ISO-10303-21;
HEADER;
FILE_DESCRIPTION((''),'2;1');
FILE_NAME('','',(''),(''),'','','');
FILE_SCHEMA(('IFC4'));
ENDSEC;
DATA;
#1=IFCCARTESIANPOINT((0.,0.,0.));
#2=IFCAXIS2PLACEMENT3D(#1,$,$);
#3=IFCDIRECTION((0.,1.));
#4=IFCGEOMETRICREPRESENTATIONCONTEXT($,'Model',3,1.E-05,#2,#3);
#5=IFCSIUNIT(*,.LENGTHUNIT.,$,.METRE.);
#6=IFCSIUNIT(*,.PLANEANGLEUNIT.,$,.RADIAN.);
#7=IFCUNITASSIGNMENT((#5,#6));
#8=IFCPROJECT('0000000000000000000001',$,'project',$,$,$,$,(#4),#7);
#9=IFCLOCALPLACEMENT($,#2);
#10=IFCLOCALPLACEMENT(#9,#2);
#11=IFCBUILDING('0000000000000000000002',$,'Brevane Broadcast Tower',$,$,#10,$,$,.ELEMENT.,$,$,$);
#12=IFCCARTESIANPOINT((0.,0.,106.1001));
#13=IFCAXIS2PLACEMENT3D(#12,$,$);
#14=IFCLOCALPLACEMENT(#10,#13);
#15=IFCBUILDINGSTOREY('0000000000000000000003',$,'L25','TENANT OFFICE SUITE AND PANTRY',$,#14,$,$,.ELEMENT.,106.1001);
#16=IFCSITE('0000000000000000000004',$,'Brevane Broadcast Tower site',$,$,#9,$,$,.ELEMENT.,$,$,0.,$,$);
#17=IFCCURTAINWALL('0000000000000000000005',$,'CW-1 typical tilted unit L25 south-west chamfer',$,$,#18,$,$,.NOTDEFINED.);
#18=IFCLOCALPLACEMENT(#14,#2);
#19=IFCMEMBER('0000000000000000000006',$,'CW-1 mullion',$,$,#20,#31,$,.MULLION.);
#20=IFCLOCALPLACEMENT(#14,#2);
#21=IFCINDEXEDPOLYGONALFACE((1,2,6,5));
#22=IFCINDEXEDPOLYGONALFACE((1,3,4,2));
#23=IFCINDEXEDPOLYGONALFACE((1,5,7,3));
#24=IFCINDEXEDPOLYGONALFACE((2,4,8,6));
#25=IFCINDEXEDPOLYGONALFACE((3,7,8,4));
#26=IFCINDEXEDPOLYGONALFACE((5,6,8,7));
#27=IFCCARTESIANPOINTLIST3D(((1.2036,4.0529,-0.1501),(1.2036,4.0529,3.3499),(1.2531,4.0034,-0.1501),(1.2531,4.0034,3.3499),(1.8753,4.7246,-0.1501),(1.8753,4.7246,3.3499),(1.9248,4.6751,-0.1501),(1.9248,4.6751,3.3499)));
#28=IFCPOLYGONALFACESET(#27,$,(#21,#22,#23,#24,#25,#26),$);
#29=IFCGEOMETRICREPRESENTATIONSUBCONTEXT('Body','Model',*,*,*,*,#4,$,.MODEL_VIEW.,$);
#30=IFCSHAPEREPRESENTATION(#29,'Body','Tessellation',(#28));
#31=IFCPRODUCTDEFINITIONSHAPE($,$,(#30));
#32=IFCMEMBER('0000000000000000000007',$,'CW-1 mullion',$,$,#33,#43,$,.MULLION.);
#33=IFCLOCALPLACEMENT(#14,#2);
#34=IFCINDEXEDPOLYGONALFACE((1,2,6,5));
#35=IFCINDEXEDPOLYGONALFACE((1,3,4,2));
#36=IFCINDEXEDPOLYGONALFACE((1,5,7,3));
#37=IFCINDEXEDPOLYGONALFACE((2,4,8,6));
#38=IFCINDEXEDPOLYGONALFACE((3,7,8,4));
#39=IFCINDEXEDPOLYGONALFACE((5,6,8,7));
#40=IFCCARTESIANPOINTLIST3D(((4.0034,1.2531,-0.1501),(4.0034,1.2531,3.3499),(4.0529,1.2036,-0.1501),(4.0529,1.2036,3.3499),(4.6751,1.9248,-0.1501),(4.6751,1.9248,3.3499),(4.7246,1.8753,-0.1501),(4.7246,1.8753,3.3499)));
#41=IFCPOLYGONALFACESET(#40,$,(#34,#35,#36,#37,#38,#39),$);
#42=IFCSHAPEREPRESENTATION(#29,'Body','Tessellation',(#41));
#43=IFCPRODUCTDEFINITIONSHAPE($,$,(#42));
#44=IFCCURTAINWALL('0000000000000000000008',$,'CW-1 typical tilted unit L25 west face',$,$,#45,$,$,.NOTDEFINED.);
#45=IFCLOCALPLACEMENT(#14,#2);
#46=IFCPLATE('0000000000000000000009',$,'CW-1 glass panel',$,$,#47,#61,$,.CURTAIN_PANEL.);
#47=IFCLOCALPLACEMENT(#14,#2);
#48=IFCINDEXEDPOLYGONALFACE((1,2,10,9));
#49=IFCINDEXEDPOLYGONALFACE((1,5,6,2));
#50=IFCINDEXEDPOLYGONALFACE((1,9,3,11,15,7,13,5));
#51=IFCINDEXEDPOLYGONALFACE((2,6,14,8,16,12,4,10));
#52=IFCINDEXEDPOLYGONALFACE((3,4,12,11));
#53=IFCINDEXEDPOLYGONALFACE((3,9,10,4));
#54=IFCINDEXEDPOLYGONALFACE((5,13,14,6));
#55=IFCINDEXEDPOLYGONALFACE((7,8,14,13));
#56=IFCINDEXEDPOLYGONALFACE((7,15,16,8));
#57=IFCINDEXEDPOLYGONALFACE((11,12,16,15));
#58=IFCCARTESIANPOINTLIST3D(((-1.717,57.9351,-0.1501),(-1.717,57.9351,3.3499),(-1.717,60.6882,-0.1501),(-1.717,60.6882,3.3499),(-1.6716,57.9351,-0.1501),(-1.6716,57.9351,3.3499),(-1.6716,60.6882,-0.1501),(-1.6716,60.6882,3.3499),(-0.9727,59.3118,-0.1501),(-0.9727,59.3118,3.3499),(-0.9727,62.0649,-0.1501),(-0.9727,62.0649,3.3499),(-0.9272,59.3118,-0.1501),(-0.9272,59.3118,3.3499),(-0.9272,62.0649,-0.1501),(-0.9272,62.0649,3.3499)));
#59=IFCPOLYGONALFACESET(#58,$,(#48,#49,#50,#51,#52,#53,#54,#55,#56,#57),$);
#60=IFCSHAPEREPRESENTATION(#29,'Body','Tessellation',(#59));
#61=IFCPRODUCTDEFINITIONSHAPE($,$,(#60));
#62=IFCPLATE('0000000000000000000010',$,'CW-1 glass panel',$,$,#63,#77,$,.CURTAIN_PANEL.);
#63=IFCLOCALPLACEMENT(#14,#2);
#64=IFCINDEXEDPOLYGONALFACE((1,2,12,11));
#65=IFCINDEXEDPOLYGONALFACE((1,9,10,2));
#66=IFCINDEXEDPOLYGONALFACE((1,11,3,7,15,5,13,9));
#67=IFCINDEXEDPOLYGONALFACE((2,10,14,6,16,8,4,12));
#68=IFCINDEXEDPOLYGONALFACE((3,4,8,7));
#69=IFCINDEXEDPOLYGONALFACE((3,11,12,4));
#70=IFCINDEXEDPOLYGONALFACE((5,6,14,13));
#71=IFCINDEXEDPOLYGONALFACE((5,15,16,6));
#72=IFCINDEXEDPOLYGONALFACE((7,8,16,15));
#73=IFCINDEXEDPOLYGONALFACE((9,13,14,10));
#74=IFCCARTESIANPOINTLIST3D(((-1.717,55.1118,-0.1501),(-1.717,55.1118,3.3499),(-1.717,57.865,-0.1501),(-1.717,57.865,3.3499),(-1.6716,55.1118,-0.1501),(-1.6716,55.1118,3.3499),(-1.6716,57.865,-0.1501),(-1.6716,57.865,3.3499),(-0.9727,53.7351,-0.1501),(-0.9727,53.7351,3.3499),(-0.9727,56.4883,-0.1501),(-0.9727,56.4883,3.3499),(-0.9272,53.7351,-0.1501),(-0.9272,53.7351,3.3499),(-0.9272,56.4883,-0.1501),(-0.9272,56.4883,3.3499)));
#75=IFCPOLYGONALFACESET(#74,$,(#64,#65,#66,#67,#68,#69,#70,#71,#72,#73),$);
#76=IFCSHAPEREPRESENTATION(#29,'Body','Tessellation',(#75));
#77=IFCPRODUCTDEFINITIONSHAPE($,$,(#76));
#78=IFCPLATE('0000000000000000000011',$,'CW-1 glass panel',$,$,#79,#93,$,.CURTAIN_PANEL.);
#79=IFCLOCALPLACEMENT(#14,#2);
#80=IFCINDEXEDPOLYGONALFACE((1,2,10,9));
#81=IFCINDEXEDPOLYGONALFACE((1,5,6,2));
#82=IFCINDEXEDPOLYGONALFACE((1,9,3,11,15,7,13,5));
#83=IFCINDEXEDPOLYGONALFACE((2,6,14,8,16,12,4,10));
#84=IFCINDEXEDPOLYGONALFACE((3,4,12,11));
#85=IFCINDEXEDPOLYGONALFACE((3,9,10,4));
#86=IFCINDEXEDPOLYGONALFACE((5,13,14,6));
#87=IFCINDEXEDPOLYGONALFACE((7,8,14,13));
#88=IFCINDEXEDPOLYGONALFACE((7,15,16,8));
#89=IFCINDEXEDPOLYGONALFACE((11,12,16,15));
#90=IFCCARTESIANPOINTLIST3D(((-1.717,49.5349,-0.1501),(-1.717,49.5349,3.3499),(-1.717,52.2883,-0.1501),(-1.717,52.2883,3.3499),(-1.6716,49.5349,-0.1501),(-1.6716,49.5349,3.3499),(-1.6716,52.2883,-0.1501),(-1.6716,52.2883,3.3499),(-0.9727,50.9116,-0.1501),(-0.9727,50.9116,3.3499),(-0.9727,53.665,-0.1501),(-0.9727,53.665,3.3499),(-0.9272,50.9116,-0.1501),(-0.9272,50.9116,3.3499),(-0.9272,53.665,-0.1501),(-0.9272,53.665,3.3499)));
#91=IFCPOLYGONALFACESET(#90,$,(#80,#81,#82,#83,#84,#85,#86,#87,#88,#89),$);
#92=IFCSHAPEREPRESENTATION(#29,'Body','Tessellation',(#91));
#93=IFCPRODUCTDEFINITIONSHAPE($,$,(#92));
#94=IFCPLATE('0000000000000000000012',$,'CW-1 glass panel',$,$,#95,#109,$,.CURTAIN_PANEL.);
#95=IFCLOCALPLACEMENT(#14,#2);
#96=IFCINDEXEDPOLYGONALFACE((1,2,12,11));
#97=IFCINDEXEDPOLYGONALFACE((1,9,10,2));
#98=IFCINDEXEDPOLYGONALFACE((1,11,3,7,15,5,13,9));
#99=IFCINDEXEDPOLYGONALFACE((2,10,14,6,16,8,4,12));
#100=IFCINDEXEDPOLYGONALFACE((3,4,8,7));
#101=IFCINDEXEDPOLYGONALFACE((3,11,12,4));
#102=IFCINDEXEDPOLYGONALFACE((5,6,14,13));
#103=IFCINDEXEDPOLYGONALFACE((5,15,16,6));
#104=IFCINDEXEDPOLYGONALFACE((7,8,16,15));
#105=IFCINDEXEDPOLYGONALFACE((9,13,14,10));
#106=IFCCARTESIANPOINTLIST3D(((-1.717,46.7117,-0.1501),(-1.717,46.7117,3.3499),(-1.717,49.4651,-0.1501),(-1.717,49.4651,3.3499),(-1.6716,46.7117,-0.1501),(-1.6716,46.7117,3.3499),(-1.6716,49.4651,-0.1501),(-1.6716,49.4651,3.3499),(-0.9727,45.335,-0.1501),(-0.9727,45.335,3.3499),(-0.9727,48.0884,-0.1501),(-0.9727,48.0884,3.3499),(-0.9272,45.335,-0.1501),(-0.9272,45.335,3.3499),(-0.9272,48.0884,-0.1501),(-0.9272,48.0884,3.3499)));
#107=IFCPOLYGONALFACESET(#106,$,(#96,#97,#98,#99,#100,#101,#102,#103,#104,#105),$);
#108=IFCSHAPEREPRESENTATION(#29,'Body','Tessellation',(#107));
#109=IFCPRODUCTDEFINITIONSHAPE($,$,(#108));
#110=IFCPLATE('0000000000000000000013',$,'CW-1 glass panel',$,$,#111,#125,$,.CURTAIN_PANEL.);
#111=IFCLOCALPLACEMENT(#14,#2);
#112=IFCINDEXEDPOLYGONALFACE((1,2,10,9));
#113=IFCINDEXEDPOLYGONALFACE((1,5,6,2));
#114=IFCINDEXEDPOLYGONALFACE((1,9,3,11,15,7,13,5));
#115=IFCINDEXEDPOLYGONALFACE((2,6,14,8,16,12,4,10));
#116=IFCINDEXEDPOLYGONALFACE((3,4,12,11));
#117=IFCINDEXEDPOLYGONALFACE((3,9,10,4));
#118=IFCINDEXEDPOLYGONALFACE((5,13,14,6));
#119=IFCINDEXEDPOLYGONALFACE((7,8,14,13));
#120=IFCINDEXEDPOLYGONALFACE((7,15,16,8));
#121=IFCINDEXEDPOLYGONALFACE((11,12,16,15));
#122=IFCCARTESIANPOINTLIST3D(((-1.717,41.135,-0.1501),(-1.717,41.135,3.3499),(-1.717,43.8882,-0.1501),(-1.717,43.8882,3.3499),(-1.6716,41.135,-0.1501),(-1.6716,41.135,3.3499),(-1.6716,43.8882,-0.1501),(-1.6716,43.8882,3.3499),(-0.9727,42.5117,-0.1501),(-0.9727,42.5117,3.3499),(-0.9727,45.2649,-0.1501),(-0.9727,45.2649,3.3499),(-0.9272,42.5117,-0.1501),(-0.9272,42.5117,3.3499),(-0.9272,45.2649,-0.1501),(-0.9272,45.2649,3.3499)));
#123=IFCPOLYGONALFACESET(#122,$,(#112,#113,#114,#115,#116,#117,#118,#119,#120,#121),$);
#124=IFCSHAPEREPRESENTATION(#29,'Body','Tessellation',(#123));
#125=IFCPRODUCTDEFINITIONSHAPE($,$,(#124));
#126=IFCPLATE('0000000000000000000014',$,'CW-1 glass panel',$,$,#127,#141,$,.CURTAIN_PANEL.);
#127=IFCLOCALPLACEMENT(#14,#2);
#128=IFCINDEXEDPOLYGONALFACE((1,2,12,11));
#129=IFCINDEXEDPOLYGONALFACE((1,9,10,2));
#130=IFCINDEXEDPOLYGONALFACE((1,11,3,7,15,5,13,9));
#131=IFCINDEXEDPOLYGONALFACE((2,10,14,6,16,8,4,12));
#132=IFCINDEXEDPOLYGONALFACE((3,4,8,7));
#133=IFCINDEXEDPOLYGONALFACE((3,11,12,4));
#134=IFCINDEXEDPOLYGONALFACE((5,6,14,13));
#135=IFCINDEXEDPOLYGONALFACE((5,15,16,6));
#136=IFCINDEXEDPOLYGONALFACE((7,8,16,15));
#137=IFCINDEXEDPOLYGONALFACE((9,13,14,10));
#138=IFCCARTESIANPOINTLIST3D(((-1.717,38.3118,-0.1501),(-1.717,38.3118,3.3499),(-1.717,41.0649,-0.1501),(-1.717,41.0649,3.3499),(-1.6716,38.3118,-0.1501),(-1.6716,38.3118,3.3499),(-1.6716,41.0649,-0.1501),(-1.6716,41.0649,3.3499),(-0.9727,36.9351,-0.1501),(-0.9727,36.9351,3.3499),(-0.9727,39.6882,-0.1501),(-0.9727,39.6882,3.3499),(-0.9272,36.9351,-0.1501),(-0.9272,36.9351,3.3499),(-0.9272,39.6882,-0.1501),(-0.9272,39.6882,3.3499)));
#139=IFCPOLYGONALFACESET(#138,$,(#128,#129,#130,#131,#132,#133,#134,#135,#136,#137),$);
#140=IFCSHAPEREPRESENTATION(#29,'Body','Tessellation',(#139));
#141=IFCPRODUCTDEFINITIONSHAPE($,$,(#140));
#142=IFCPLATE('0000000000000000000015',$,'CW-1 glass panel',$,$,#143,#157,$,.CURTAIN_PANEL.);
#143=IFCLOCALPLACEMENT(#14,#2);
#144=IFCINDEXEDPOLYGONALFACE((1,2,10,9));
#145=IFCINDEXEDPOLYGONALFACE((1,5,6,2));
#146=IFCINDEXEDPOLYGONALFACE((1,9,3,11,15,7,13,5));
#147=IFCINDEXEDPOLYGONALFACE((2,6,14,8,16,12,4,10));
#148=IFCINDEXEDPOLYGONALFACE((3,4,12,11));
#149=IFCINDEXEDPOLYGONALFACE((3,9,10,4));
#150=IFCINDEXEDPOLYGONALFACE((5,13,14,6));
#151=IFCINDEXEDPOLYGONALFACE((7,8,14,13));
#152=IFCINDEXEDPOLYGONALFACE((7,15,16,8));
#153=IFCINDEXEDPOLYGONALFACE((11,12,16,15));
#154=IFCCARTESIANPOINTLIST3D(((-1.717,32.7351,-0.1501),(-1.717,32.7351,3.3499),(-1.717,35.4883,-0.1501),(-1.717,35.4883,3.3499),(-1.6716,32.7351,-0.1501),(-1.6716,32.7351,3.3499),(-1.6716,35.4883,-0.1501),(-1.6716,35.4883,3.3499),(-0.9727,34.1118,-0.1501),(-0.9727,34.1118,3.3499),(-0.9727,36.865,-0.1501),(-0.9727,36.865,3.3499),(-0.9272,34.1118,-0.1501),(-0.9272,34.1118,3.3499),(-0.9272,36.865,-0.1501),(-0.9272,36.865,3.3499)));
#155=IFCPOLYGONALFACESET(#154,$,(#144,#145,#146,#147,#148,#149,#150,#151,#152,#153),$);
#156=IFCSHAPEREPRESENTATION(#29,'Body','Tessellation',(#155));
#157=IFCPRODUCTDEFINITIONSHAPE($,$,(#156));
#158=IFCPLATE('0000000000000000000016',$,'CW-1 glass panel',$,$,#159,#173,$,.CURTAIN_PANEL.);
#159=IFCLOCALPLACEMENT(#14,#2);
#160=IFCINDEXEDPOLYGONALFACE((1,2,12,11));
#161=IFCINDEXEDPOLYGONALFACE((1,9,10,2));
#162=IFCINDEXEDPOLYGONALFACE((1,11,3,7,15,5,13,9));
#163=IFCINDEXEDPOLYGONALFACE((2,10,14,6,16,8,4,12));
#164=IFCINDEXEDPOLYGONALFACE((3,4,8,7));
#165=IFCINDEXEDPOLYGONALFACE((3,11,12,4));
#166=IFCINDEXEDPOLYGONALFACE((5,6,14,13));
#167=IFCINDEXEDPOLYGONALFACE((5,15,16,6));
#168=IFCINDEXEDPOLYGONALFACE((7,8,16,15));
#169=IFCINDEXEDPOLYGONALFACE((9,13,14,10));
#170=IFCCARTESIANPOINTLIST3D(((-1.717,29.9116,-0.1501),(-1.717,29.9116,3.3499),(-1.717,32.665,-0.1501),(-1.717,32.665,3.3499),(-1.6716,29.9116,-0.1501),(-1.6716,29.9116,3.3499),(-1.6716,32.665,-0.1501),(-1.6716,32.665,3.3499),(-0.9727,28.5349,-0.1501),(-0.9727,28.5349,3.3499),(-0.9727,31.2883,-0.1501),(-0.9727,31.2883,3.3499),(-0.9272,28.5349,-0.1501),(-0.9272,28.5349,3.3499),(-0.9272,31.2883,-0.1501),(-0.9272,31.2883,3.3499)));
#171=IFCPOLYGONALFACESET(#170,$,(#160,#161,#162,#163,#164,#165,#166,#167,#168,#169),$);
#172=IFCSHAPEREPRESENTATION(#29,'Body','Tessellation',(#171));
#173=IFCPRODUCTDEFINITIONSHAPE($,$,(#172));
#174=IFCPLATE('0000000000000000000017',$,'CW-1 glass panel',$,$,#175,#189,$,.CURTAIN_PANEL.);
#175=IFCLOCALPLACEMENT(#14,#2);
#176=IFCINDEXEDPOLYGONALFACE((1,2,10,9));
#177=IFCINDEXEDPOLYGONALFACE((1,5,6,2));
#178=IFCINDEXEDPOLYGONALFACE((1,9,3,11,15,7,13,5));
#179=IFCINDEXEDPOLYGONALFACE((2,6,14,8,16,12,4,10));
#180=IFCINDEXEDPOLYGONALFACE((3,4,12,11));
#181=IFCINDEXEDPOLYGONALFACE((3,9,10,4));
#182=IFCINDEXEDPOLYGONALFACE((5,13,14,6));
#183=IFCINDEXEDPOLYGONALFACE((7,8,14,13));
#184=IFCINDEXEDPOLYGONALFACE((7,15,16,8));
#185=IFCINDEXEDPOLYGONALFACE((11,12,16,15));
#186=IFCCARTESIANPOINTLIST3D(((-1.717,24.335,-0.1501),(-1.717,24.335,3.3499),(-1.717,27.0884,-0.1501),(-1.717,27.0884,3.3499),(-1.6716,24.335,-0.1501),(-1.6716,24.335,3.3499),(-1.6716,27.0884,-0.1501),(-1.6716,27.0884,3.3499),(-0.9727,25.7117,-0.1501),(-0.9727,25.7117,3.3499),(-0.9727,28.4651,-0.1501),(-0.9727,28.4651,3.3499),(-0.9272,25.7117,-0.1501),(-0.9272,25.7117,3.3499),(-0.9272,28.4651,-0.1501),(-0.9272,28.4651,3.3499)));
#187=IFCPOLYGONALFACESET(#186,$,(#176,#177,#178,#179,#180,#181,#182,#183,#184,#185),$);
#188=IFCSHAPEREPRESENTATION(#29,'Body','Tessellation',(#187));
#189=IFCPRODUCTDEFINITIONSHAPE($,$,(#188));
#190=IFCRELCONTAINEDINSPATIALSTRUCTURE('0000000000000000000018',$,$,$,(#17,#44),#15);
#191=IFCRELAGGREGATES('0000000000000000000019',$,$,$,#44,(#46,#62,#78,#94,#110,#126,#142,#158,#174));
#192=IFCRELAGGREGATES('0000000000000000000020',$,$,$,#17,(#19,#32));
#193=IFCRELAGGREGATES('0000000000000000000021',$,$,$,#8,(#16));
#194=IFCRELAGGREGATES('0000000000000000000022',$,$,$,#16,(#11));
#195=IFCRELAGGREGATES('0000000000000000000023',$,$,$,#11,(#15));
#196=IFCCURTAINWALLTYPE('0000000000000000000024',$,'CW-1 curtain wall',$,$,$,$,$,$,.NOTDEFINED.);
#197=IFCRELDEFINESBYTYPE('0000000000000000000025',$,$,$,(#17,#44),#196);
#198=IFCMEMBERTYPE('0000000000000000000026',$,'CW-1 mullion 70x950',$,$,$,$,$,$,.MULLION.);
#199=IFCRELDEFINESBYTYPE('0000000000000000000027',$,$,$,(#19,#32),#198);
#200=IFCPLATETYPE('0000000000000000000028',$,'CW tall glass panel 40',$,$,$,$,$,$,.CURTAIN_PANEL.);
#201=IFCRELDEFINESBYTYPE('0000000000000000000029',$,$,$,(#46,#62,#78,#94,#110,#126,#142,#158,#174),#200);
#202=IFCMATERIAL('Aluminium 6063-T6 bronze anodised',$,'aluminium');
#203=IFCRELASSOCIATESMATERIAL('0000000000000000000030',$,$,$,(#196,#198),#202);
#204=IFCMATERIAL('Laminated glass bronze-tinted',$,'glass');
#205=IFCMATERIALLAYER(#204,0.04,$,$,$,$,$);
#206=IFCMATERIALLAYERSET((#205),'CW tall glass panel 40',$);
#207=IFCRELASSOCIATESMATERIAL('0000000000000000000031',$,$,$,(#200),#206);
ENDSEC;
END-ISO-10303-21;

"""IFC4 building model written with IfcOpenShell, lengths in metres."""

from ifc_helpers import new_model, si_unit, direction, frame, origin, origin_2d, place, context, subcontext, project, spatial, polyline, rectangle, outline, extrude, material, layer, layer_set, material_profile, profile_set, type_object, element, aggregate, save


model = new_model("IFC4")

# Units and contexts
model_context = context("Model", 3, precision=1e-05, world=origin(), true_north=direction((0.0, 1.0)))
body_context = subcontext(model_context, "Body", "Model", "MODEL_VIEW")
ifc_project = project(units=[si_unit("LENGTHUNIT", "METRE"), si_unit("PLANEANGLEUNIT", "RADIAN")], contexts=[model_context])

# Site, building, storey
site_placement = place(None, origin())
site = spatial("IfcSite", under=ifc_project, at=site_placement, Name="Brevane Broadcast Tower site", CompositionType="ELEMENT", RefElevation=0.0)
building_placement = place(site_placement, origin())
building = spatial("IfcBuilding", under=site, at=building_placement, Name="Brevane Broadcast Tower", CompositionType="ELEMENT")
storey_placement = place(building_placement, frame((0.0, 0.0, 106.1001)))
storey = spatial("IfcBuildingStorey", under=building, at=storey_placement, Name="L25", Description="TENANT OFFICE SUITE AND PANTRY", CompositionType="ELEMENT", Elevation=106.1001)

# Curtain wall, members
ifc_material_1 = material(Name="Aluminium 6063-T6 bronze anodised", Category="aluminium")
curtain_wall_type = type_object("IfcCurtainWallType", Name="CW-1 curtain wall", PredefinedType="NOTDEFINED", material=ifc_material_1)
curtain_wall_1_placement = place(storey_placement, origin())
curtain_wall_1 = element("IfcCurtainWall", 1, at=curtain_wall_1_placement, inside=storey, type_object=curtain_wall_type, Name="CW-1 typical tilted unit L25 south-west chamfer", PredefinedType="NOTDEFINED")
ifc_material_profile = material_profile(ifc_material_1, rectangle(XDim=0.95, YDim=0.0701, at=origin_2d()), Name="RECT 70x950")
ifc_profile_set = profile_set([ifc_material_profile], Name="Aluminium 6063-T6 bronze anodised")
member_type = type_object("IfcMemberType", Name="CW-1 mullion 70x950", PredefinedType="MULLION", material=ifc_profile_set)
member_1_placement = place(storey_placement, frame((1.5642, 4.364, -0.1501), z_axis=(0.0, 0.0, 1.0), x_axis=(0.707107, 0.707107, 0.0)))
member_1 = element("IfcMember", 2, at=member_1_placement, type_object=member_type, Name="CW-1 mullion", PredefinedType="MULLION", context=body_context, shape_type="SweptSolid", body=[
    extrude(rectangle(XDim=0.95, YDim=0.0701, at=origin_2d()), origin(), (0.0, 0.0, 1.0), 3.5),
])
member_2_placement = place(storey_placement, frame((4.364, 1.5642, -0.1501), z_axis=(0.0, 0.0, 1.0), x_axis=(0.707107, 0.707107, 0.0)))
member_2 = element("IfcMember", 3, at=member_2_placement, type_object=member_type, Name="CW-1 mullion", PredefinedType="MULLION", context=body_context, shape_type="SweptSolid", body=[
    extrude(rectangle(XDim=0.95, YDim=0.0701, at=origin_2d()), origin(), (0.0, 0.0, 1.0), 3.5),
])

# Curtain wall, plates
curtain_wall_2_placement = place(storey_placement, origin())
curtain_wall_2 = element("IfcCurtainWall", 4, at=curtain_wall_2_placement, inside=storey, type_object=curtain_wall_type, Name="CW-1 typical tilted unit L25 west face", PredefinedType="NOTDEFINED")
ifc_material_2 = material(Name="Laminated glass bronze-tinted", Category="glass")
ifc_layer_1 = layer(ifc_material_2, 0.04)
ifc_layer_set_1 = layer_set([ifc_layer_1], Name="CW tall glass panel 40")
plate_type = type_object("IfcPlateType", Name="CW tall glass panel 40", PredefinedType="CURTAIN_PANEL", material=ifc_layer_set_1)
plate_1_placement = place(storey_placement, frame((0.0, 0.0, -0.1501)))
plate_1 = element("IfcPlate", 5, at=plate_1_placement, type_object=plate_type, Name="CW-1 glass panel", PredefinedType="CURTAIN_PANEL", context=body_context, shape_type="SweptSolid", body=[
    extrude(outline(polyline([(-0.9272, 62.0649), (-0.9727, 62.0649), (-1.717, 60.6882), (-0.9727, 59.3118), (-1.717, 57.9351), (-1.6716, 57.9351), (-0.9272, 59.3118), (-1.6716, 60.6882), (-0.9272, 62.0649)])), origin(), (0.0, 0.0, 1.0), 3.5),
])
plate_2_placement = place(storey_placement, frame((0.0, 0.0, -0.1501)))
plate_2 = element("IfcPlate", 6, at=plate_2_placement, type_object=plate_type, Name="CW-1 glass panel", PredefinedType="CURTAIN_PANEL", context=body_context, shape_type="SweptSolid", body=[
    extrude(outline(polyline([(-1.6716, 57.865), (-1.717, 57.865), (-0.9727, 56.4883), (-1.717, 55.1118), (-0.9727, 53.7351), (-0.9272, 53.7351), (-1.6716, 55.1118), (-0.9272, 56.4883), (-1.6716, 57.865)])), origin(), (0.0, 0.0, 1.0), 3.5),
])
plate_3_placement = place(storey_placement, frame((0.0, 0.0, -0.1501)))
plate_3 = element("IfcPlate", 7, at=plate_3_placement, type_object=plate_type, Name="CW-1 glass panel", PredefinedType="CURTAIN_PANEL", context=body_context, shape_type="SweptSolid", body=[
    extrude(outline(polyline([(-0.9272, 53.665), (-0.9727, 53.665), (-1.717, 52.2883), (-0.9727, 50.9116), (-1.717, 49.5349), (-1.6716, 49.5349), (-0.9272, 50.9116), (-1.6716, 52.2883), (-0.9272, 53.665)])), origin(), (0.0, 0.0, 1.0), 3.5),
])
plate_4_placement = place(storey_placement, frame((0.0, 0.0, -0.1501)))
plate_4 = element("IfcPlate", 8, at=plate_4_placement, type_object=plate_type, Name="CW-1 glass panel", PredefinedType="CURTAIN_PANEL", context=body_context, shape_type="SweptSolid", body=[
    extrude(outline(polyline([(-1.6716, 49.4651), (-1.717, 49.4651), (-0.9727, 48.0884), (-1.717, 46.7117), (-0.9727, 45.335), (-0.9272, 45.335), (-1.6716, 46.7117), (-0.9272, 48.0884), (-1.6716, 49.4651)])), origin(), (0.0, 0.0, 1.0), 3.5),
])
plate_5_placement = place(storey_placement, frame((0.0, 0.0, -0.1501)))
plate_5 = element("IfcPlate", 9, at=plate_5_placement, type_object=plate_type, Name="CW-1 glass panel", PredefinedType="CURTAIN_PANEL", context=body_context, shape_type="SweptSolid", body=[
    extrude(outline(polyline([(-0.9272, 45.2649), (-0.9727, 45.2649), (-1.717, 43.8882), (-0.9727, 42.5117), (-1.717, 41.135), (-1.6716, 41.135), (-0.9272, 42.5117), (-1.6716, 43.8882), (-0.9272, 45.2649)])), origin(), (0.0, 0.0, 1.0), 3.5),
])
plate_6_placement = place(storey_placement, frame((0.0, 0.0, -0.1501)))
plate_6 = element("IfcPlate", 10, at=plate_6_placement, type_object=plate_type, Name="CW-1 glass panel", PredefinedType="CURTAIN_PANEL", context=body_context, shape_type="SweptSolid", body=[
    extrude(outline(polyline([(-1.6716, 41.0649), (-1.717, 41.0649), (-0.9727, 39.6882), (-1.717, 38.3118), (-0.9727, 36.9351), (-0.9272, 36.9351), (-1.6716, 38.3118), (-0.9272, 39.6882), (-1.6716, 41.0649)])), origin(), (0.0, 0.0, 1.0), 3.5),
])
plate_7_placement = place(storey_placement, frame((0.0, 0.0, -0.1501)))
plate_7 = element("IfcPlate", 11, at=plate_7_placement, type_object=plate_type, Name="CW-1 glass panel", PredefinedType="CURTAIN_PANEL", context=body_context, shape_type="SweptSolid", body=[
    extrude(outline(polyline([(-0.9272, 36.865), (-0.9727, 36.865), (-1.717, 35.4883), (-0.9727, 34.1118), (-1.717, 32.7351), (-1.6716, 32.7351), (-0.9272, 34.1118), (-1.6716, 35.4883), (-0.9272, 36.865)])), origin(), (0.0, 0.0, 1.0), 3.5),
])
plate_8_placement = place(storey_placement, frame((0.0, 0.0, -0.1501)))
plate_8 = element("IfcPlate", 12, at=plate_8_placement, type_object=plate_type, Name="CW-1 glass panel", PredefinedType="CURTAIN_PANEL", context=body_context, shape_type="SweptSolid", body=[
    extrude(outline(polyline([(-1.6716, 32.665), (-1.717, 32.665), (-0.9727, 31.2883), (-1.717, 29.9116), (-0.9727, 28.5349), (-0.9272, 28.5349), (-1.6716, 29.9116), (-0.9272, 31.2883), (-1.6716, 32.665)])), origin(), (0.0, 0.0, 1.0), 3.5),
])
plate_9_placement = place(storey_placement, frame((0.0, 0.0, -0.1501)))
plate_9 = element("IfcPlate", 13, at=plate_9_placement, type_object=plate_type, Name="CW-1 glass panel", PredefinedType="CURTAIN_PANEL", context=body_context, shape_type="SweptSolid", body=[
    extrude(outline(polyline([(-0.9272, 28.4651), (-0.9727, 28.4651), (-1.717, 27.0884), (-0.9727, 25.7117), (-1.717, 24.335), (-1.6716, 24.335), (-0.9272, 25.7117), (-1.6716, 27.0884), (-0.9272, 28.4651)])), origin(), (0.0, 0.0, 1.0), 3.5),
])
aggregate(curtain_wall_2, [plate_1, plate_2, plate_3, plate_4, plate_5, plate_6, plate_7, plate_8, plate_9])

aggregate(curtain_wall_1, [member_1, member_2])

save(model, "model.ifc")
